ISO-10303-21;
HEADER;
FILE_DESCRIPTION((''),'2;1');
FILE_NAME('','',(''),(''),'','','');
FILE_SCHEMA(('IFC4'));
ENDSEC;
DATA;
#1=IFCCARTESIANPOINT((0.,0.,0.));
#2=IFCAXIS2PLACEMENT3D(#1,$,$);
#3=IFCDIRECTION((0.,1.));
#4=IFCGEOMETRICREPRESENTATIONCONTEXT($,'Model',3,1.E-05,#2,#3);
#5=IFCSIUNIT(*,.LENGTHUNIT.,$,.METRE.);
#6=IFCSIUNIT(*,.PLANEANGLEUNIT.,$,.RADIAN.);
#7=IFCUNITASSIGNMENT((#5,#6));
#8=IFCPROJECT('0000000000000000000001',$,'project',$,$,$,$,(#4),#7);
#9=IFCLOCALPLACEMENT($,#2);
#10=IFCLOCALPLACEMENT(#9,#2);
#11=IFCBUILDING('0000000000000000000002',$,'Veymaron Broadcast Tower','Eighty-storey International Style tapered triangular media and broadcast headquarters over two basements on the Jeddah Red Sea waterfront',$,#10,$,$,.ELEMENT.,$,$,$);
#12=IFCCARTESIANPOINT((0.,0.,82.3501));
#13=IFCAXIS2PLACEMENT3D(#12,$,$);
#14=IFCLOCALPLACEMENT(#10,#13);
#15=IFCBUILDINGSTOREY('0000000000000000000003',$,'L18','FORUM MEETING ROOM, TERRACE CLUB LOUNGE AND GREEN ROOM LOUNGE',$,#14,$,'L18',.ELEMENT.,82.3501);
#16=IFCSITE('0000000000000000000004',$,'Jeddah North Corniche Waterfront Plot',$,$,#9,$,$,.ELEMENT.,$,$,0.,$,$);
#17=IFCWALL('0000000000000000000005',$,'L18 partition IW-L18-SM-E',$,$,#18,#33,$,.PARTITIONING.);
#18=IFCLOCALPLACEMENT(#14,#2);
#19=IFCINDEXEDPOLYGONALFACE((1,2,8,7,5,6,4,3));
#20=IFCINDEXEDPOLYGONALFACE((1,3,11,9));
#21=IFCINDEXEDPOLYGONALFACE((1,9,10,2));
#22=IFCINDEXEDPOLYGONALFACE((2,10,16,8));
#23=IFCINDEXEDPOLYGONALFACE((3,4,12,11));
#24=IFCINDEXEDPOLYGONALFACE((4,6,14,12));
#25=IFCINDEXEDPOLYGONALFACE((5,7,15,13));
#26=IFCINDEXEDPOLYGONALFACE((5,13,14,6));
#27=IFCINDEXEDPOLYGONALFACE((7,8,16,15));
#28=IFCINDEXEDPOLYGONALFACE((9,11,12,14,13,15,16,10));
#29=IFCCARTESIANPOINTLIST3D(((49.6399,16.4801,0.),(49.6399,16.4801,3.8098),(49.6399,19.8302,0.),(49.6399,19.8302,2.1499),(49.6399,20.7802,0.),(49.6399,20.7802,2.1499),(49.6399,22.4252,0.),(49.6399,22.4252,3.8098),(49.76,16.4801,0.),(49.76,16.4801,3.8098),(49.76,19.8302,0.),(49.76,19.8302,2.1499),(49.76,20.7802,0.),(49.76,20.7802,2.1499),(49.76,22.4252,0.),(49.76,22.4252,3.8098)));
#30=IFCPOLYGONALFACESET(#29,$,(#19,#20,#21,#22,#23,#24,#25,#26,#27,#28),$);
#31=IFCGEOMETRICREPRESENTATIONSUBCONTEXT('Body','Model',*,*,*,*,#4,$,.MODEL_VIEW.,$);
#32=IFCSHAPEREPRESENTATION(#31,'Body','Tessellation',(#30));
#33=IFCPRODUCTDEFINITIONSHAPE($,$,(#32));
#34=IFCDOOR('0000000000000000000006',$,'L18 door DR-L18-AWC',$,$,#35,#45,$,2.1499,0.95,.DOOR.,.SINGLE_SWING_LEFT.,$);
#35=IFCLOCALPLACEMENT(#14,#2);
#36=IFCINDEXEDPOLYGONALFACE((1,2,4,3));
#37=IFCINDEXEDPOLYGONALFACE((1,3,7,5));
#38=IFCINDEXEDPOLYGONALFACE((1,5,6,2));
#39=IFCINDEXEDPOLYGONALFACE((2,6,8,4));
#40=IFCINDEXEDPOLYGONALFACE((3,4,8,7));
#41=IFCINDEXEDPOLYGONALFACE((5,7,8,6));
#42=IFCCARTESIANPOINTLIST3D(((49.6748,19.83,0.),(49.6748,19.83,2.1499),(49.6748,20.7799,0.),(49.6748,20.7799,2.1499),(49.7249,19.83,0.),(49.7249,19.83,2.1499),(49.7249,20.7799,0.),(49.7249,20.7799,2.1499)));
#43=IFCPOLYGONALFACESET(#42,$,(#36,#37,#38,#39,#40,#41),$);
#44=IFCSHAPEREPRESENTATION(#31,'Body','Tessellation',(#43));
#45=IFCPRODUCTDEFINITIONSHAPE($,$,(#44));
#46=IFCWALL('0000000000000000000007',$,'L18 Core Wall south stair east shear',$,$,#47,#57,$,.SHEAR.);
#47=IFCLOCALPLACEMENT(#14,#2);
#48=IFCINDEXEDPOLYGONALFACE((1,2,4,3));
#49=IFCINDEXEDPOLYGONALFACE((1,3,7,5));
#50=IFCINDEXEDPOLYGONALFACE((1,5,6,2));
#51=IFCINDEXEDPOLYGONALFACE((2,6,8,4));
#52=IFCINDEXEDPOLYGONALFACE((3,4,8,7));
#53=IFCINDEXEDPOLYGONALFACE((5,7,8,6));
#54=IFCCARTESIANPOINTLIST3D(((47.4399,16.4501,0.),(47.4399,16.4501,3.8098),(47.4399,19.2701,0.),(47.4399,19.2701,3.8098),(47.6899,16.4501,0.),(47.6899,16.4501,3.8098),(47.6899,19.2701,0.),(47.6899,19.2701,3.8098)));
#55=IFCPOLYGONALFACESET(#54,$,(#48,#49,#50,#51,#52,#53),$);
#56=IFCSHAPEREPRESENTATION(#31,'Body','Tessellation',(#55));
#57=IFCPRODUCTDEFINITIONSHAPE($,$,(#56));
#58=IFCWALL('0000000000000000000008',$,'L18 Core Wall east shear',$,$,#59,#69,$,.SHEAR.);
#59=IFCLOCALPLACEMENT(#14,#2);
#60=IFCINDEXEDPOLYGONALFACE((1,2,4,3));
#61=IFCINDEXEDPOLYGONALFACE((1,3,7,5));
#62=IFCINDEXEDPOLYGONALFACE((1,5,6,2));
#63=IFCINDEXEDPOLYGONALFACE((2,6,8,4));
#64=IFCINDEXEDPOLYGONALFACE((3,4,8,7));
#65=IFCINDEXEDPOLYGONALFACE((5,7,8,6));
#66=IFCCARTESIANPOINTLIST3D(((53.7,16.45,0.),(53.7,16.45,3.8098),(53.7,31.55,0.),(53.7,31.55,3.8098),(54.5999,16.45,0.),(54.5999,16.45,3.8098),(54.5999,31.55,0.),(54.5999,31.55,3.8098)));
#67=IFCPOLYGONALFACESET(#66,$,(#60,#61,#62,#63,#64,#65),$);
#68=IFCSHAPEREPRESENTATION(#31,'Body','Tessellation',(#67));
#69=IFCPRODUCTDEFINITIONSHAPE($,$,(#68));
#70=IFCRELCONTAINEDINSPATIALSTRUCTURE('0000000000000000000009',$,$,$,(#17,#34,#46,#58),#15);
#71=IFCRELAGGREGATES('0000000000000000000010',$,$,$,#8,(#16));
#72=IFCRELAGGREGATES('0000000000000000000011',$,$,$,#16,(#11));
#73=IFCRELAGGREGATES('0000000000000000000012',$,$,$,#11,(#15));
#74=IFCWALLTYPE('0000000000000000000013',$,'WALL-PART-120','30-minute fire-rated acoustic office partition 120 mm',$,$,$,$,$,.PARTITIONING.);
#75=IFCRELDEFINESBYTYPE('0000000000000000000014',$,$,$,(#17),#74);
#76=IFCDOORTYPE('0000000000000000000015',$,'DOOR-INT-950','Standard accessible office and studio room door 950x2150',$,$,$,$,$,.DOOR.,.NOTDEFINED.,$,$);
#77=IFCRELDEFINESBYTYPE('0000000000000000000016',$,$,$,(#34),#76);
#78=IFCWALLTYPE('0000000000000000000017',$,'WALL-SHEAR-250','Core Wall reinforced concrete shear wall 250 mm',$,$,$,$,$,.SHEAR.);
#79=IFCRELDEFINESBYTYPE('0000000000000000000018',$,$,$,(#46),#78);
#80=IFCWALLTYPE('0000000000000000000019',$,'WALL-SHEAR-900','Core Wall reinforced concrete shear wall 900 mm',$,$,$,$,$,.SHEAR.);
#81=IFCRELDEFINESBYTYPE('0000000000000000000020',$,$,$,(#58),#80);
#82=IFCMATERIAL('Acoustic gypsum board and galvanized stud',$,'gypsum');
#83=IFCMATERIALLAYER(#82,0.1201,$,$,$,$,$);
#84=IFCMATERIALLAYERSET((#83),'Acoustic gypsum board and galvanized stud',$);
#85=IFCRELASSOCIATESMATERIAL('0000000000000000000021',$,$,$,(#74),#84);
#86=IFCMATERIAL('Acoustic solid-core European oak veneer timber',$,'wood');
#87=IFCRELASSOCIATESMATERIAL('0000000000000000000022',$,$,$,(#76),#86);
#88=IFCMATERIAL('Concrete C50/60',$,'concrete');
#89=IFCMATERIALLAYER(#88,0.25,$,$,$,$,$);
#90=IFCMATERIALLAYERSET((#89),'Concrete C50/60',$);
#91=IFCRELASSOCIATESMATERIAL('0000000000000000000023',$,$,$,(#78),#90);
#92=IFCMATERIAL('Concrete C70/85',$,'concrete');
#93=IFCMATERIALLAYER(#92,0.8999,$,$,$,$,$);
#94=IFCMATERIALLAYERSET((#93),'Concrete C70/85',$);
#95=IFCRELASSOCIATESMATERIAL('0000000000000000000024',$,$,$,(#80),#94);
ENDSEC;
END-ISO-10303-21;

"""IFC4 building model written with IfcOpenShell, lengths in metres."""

from ifc_helpers import new_model, si_unit, direction, frame, frame_2d, origin, place, context, subcontext, project, spatial, rectangle, extrude, material, layer, layer_set, type_object, element, fill, save


model = new_model("IFC4")

# Units and contexts
model_context = context("Model", 3, precision=1e-05, world=origin(), true_north=direction((0.0, 1.0)))
body_context = subcontext(model_context, "Body", "Model", "MODEL_VIEW")
ifc_project = project(units=[si_unit("LENGTHUNIT", "METRE"), si_unit("PLANEANGLEUNIT", "RADIAN")], contexts=[model_context])

# Site, building, storey
site_placement = place(None, origin())
site = spatial("IfcSite", under=ifc_project, at=site_placement, Name="Jeddah North Corniche Waterfront Plot", CompositionType="ELEMENT", RefElevation=0.0)
building_placement = place(site_placement, origin())
building = spatial("IfcBuilding", under=site, at=building_placement, Name="Veymaron Broadcast Tower", Description="Eighty-storey International Style tapered triangular media and broadcast headquarters over two basements on the Jeddah Red Sea waterfront", CompositionType="ELEMENT")
storey_placement = place(building_placement, frame((0.0, 0.0, 82.3501)))
storey = spatial("IfcBuildingStorey", under=building, at=storey_placement, Name="L18", Description="FORUM MEETING ROOM, TERRACE CLUB LOUNGE AND GREEN ROOM LOUNGE", LongName="L18", CompositionType="ELEMENT", Elevation=82.3501)

# Wall, opening, door
ifc_material_1 = material(Name="Acoustic gypsum board and galvanized stud", Category="gypsum")
ifc_layer_1 = layer(ifc_material_1, 0.1201)
ifc_layer_set_1 = layer_set([ifc_layer_1], Name="Acoustic gypsum board and galvanized stud")
wall_type_1 = type_object("IfcWallType", Name="WALL-PART-120", Description="30-minute fire-rated acoustic office partition 120 mm", PredefinedType="PARTITIONING", material=ifc_layer_set_1)
wall_1_placement = place(storey_placement, frame((49.7, 16.48, 0.0), z_axis=(0.0, 0.0, 1.0), x_axis=(0.0, 1.0, 0.0)))
wall_1 = element("IfcWall", 1, at=wall_1_placement, inside=storey, type_object=wall_type_1, Name="L18 partition IW-L18-SM-E", PredefinedType="PARTITIONING", context=body_context, shape_type="SweptSolid", body=[
    extrude(rectangle(XDim=5.9451, YDim=0.1201, at=frame_2d((2.9727, 0.0))), origin(), (0.0, 0.0, 1.0), 3.8098),
])
opening_1_placement = place(wall_1_placement, frame((3.3501, 0.0, 0.0)))
opening_1 = element("IfcOpeningElement", 2, at=opening_1_placement, cuts=wall_1, PredefinedType="OPENING", context=body_context, shape_type="SweptSolid", body=[
    extrude(rectangle(XDim=0.95, YDim=2.1499, at=frame_2d((0.4751, 1.075))), frame((0.0, 0.0701, 0.0), z_axis=(0.0, -1.0, 0.0), x_axis=(1.0, 0.0, 0.0)), (0.0, 0.0, 1.0), 0.1401),
])
ifc_material_2 = material(Name="Acoustic solid-core European oak veneer timber", Category="wood")
door_type_1 = type_object("IfcDoorType", Name="DOOR-INT-950", Description="Standard accessible office and studio room door 950x2150", OperationType="NOTDEFINED", PredefinedType="DOOR", material=ifc_material_2)
door_1_placement = place(opening_1_placement, frame((0.95, 0.0, 0.0), z_axis=(0.0, 0.0, 1.0), x_axis=(-1.0, 0.0, 0.0)))
door_1 = element("IfcDoor", 3, at=door_1_placement, inside=storey, type_object=door_type_1, Name="L18 door DR-L18-AWC", OperationType="SINGLE_SWING_LEFT", OverallHeight=2.1499, OverallWidth=0.95, PredefinedType="DOOR", context=body_context, shape_type="SweptSolid", body=[
    extrude(rectangle(XDim=0.95, YDim=2.1499, at=frame_2d((0.4751, 1.075))), frame((0.0, 0.0249, 0.0), z_axis=(0.0, -1.0, 0.0), x_axis=(1.0, 0.0, 0.0)), (0.0, 0.0, 1.0), 0.05),
])
fill(opening_1, door_1)

# Walls
ifc_material_3 = material(Name="Concrete C50/60", Category="concrete")
ifc_layer_2 = layer(ifc_material_3, 0.25)
ifc_layer_set_2 = layer_set([ifc_layer_2], Name="Concrete C50/60")
wall_type_2 = type_object("IfcWallType", Name="WALL-SHEAR-250", Description="Core Wall reinforced concrete shear wall 250 mm", PredefinedType="SHEAR", material=ifc_layer_set_2)
wall_2_placement = place(storey_placement, frame((47.5649, 16.45, 0.0), z_axis=(0.0, 0.0, 1.0), x_axis=(0.0, 1.0, 0.0)))
element("IfcWall", 4, at=wall_2_placement, inside=storey, type_object=wall_type_2, Name="L18 Core Wall south stair east shear", PredefinedType="SHEAR", context=body_context, shape_type="SweptSolid", body=[
    extrude(rectangle(XDim=2.8201, YDim=0.25, at=frame_2d((1.4102, 0.0))), origin(), (0.0, 0.0, 1.0), 3.8098),
])
ifc_material_4 = material(Name="Concrete C70/85", Category="concrete")
ifc_layer_3 = layer(ifc_material_4, 0.8999)
ifc_layer_set_3 = layer_set([ifc_layer_3], Name="Concrete C70/85")
wall_type_3 = type_object("IfcWallType", Name="WALL-SHEAR-900", Description="Core Wall reinforced concrete shear wall 900 mm", PredefinedType="SHEAR", material=ifc_layer_set_3)
wall_3_placement = place(storey_placement, frame((54.1499, 16.45, 0.0), z_axis=(0.0, 0.0, 1.0), x_axis=(0.0, 1.0, 0.0)))
element("IfcWall", 5, at=wall_3_placement, inside=storey, type_object=wall_type_3, Name="L18 Core Wall east shear", PredefinedType="SHEAR", context=body_context, shape_type="SweptSolid", body=[
    extrude(rectangle(XDim=15.1001, YDim=0.8999, at=frame_2d((7.55, 0.0))), origin(), (0.0, 0.0, 1.0), 3.8098),
])

save(model, "model.ifc")
